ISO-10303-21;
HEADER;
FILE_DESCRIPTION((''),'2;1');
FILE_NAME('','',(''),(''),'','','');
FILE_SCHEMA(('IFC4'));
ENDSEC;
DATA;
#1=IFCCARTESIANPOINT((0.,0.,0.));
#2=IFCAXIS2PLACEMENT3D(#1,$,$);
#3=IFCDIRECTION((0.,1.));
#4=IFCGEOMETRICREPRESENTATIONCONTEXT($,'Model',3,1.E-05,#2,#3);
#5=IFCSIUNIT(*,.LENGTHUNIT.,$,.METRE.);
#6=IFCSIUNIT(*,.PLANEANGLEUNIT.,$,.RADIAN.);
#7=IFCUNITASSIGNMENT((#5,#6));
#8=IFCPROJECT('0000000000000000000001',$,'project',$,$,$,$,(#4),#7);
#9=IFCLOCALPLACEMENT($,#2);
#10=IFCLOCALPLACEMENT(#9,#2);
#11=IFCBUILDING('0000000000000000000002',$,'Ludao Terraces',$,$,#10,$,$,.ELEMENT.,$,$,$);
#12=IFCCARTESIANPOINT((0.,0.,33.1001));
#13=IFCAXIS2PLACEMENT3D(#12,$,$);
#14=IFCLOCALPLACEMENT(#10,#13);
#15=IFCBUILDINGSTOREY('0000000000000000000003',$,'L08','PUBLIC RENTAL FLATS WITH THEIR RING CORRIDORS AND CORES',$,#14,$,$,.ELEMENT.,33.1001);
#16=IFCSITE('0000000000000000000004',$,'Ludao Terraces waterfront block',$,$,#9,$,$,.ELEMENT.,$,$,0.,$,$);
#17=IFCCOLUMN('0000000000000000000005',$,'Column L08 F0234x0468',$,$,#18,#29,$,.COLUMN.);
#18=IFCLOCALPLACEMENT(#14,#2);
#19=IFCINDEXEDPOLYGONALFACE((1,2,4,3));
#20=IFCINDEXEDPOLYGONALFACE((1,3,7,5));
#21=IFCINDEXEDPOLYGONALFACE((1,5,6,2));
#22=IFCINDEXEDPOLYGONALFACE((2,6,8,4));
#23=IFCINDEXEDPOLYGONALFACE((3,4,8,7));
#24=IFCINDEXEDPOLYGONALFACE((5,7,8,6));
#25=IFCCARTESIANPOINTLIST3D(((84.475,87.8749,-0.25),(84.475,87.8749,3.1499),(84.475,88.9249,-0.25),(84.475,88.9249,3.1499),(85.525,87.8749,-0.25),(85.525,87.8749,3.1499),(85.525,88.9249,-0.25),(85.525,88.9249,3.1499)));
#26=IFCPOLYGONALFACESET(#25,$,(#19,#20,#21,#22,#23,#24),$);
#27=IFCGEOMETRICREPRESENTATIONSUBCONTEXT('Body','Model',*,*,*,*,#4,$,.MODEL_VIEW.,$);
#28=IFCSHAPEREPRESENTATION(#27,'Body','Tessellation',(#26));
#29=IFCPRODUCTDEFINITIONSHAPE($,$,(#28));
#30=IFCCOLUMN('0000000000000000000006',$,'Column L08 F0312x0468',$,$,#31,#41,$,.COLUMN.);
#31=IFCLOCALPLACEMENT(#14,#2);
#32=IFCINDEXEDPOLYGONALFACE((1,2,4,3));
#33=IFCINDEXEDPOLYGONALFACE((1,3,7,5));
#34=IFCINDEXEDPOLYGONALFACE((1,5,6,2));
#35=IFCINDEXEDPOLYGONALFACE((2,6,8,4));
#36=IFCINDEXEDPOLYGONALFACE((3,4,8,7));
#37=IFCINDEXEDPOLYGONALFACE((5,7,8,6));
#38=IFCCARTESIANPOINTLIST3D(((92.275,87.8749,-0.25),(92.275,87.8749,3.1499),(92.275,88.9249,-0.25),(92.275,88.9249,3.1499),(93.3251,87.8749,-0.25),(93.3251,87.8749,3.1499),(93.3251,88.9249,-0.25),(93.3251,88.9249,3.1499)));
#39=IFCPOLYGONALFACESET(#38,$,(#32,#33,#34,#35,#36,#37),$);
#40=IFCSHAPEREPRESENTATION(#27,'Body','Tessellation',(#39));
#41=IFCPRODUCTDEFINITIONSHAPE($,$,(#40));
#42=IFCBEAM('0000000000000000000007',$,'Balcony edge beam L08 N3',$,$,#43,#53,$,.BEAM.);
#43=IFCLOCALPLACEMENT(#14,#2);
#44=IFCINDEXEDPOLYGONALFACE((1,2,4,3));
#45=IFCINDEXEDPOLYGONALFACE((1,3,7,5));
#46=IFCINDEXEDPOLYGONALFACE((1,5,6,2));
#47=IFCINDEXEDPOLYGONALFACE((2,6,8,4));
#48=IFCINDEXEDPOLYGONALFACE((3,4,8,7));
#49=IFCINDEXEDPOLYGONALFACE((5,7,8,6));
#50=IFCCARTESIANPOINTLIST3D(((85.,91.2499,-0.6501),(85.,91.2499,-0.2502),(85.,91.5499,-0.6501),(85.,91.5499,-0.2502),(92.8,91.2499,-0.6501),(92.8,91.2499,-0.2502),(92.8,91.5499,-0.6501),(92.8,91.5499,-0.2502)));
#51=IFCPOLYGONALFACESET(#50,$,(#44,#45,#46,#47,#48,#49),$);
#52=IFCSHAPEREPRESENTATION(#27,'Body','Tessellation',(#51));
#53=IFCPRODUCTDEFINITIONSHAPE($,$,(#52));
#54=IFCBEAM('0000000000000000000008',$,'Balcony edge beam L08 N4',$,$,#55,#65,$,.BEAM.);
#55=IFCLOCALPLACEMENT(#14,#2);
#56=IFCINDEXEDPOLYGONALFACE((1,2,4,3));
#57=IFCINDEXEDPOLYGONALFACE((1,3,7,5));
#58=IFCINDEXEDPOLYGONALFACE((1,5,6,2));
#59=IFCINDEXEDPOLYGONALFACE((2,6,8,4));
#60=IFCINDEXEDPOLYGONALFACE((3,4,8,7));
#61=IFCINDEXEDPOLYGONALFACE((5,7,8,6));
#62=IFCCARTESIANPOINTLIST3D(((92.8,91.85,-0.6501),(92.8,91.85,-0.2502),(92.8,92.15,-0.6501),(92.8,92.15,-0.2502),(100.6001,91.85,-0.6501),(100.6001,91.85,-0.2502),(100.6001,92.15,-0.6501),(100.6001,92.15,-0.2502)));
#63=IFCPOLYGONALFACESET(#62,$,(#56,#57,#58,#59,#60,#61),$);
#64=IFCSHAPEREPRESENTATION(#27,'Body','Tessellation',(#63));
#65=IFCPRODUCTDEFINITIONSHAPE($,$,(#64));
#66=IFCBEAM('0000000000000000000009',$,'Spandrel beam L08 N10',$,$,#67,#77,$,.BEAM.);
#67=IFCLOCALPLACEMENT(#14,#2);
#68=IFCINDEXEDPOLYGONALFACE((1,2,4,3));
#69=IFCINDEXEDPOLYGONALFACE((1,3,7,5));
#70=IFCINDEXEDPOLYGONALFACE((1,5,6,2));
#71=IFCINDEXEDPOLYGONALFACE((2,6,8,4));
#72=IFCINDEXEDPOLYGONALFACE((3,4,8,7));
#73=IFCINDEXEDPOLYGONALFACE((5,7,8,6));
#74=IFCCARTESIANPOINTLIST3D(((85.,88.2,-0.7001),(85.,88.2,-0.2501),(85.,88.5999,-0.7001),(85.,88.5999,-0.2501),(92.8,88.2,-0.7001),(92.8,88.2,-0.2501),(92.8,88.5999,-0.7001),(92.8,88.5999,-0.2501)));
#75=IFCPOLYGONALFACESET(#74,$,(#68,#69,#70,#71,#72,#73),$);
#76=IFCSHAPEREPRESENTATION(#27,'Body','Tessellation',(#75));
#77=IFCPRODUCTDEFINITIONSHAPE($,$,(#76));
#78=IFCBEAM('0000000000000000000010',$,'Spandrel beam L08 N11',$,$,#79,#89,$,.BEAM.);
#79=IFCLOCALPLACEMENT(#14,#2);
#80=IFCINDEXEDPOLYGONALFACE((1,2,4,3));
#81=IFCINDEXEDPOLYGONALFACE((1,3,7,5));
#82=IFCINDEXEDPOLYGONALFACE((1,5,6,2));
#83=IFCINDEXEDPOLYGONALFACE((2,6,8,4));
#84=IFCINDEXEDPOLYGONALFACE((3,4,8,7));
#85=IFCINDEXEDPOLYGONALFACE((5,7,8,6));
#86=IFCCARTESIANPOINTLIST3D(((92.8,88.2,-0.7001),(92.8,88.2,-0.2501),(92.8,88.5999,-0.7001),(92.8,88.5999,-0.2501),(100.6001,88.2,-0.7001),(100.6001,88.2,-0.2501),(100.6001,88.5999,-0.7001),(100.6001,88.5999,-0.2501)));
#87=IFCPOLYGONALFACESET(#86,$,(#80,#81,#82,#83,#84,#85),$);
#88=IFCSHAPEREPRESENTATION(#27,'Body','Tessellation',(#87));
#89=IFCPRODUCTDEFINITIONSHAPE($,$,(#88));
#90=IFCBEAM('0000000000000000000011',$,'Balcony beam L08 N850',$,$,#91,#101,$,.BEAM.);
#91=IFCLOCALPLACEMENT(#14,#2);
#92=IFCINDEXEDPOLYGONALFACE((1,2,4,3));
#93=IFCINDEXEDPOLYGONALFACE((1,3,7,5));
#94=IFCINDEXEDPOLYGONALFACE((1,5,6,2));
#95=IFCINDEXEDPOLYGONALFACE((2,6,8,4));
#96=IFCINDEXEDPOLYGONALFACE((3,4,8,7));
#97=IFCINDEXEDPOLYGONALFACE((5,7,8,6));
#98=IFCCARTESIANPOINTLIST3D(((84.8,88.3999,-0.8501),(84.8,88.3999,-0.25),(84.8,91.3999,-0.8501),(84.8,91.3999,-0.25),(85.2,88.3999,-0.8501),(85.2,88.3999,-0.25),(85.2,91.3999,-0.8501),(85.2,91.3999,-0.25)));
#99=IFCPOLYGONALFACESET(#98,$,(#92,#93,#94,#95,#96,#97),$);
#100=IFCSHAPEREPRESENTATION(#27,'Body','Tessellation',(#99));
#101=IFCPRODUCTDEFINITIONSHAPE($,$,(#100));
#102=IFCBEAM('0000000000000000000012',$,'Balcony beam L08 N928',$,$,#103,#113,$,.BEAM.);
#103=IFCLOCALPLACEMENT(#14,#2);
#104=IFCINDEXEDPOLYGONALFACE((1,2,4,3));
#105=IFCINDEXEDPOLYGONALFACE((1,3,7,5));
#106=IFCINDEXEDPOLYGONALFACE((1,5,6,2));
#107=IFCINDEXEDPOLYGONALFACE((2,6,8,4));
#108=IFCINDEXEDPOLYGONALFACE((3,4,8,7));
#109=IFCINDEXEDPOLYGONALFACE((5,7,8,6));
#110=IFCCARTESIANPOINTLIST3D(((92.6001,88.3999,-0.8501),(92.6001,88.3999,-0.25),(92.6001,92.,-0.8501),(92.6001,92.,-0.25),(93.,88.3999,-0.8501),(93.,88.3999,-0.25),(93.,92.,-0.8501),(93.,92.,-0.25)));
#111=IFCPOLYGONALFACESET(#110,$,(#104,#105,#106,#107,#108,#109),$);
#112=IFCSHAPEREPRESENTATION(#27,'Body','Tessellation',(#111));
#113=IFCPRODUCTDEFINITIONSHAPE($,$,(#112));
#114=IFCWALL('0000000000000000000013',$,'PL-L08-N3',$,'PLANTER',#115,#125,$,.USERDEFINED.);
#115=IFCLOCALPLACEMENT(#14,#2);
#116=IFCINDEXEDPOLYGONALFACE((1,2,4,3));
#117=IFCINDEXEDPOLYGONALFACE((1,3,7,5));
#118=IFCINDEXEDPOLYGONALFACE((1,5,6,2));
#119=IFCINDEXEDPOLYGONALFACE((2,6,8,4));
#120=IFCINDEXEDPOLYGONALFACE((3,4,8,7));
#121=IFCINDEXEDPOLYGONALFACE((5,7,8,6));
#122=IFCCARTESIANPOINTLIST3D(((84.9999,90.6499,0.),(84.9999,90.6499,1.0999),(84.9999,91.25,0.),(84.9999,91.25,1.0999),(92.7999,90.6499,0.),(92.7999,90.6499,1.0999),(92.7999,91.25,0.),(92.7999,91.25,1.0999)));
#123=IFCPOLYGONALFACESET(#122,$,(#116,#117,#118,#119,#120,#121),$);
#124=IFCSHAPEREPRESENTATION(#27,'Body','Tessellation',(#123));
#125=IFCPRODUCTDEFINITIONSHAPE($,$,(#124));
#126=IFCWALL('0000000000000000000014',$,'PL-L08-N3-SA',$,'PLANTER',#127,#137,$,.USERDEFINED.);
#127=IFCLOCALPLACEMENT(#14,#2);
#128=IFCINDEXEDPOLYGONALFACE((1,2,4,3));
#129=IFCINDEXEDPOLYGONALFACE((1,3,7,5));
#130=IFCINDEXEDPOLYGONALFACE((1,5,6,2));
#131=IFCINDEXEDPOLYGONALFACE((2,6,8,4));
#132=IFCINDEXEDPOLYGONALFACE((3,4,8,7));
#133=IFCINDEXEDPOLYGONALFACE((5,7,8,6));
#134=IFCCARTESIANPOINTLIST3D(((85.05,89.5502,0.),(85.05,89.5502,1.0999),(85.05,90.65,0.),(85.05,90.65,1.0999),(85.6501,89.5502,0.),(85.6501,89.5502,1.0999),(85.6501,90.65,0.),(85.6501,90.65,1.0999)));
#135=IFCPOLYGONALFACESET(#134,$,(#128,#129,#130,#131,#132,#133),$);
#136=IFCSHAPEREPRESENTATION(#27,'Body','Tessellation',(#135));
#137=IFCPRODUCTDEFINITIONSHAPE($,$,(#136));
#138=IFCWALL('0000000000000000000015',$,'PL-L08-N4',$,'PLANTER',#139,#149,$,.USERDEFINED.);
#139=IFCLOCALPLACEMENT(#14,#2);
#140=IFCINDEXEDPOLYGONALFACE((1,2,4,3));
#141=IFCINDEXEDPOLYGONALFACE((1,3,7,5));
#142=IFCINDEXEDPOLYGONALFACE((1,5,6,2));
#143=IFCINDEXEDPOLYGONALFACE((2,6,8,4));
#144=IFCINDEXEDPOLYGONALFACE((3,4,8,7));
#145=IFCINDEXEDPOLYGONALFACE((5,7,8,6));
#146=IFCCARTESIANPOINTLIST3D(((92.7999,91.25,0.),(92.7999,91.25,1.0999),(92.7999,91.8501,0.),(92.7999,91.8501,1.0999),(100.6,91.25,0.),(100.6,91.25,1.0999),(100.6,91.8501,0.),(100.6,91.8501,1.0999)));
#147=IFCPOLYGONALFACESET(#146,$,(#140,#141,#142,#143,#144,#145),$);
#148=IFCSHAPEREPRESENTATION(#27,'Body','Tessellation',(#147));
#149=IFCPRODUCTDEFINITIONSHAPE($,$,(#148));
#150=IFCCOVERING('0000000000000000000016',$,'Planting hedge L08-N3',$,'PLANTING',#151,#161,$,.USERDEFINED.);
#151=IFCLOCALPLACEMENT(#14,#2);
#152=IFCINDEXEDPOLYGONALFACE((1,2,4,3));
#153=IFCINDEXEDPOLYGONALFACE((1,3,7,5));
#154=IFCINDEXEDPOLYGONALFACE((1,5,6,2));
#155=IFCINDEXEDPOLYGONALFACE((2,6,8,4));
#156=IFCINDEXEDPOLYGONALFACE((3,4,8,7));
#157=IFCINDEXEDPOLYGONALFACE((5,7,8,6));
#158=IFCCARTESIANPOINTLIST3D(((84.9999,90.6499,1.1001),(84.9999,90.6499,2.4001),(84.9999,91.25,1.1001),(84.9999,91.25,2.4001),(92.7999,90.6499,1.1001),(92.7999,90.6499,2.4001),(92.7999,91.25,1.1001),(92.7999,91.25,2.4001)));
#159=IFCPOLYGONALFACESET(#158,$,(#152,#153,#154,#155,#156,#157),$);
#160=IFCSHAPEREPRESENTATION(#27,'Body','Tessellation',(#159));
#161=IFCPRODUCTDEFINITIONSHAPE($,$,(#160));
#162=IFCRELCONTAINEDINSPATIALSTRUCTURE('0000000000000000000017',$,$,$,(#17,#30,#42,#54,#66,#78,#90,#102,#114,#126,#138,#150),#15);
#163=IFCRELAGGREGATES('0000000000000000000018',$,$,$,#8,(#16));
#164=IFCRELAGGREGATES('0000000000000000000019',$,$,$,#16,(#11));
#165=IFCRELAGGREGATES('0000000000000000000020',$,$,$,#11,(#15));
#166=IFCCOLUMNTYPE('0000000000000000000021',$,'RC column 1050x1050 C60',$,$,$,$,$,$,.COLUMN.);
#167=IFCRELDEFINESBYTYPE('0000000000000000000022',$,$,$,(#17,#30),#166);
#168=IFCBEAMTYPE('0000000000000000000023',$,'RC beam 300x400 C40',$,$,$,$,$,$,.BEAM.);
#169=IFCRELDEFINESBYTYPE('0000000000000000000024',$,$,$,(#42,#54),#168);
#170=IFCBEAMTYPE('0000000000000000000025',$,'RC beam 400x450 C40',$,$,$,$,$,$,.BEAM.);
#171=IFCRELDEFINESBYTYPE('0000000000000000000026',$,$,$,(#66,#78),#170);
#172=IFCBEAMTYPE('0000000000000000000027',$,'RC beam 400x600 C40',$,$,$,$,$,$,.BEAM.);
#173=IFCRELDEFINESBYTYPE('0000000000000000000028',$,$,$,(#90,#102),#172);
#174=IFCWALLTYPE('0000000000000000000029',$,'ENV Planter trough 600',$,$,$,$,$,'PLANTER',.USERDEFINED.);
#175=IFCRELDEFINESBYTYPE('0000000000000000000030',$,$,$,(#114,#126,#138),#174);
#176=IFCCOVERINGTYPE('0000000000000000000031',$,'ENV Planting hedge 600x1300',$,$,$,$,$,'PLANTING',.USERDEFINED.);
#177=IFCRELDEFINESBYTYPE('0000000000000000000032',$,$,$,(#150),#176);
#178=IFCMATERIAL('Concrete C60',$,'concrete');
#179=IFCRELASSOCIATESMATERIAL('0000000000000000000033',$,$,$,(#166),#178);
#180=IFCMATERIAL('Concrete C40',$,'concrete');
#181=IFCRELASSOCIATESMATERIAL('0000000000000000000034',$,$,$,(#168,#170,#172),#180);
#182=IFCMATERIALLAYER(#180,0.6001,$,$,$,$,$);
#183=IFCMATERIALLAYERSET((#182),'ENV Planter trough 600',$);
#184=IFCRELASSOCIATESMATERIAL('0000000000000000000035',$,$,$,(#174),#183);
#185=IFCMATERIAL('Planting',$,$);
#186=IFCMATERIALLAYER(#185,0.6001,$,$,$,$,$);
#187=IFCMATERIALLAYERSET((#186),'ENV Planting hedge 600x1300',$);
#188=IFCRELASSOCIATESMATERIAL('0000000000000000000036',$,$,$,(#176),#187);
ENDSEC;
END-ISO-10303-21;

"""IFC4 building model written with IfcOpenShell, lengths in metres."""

from ifc_helpers import new_model, si_unit, direction, frame, frame_2d, origin, origin_2d, place, context, subcontext, project, spatial, rectangle, extrude, material, layer, layer_set, material_profile, profile_set, type_object, element, save


model = new_model("IFC4")

# Units and contexts
model_context = context("Model", 3, precision=1e-05, world=origin(), true_north=direction((0.0, 1.0)))
body_context = subcontext(model_context, "Body", "Model", "MODEL_VIEW")
ifc_project = project(units=[si_unit("LENGTHUNIT", "METRE"), si_unit("PLANEANGLEUNIT", "RADIAN")], contexts=[model_context])

# Site, building, storey
site_placement = place(None, origin())
site = spatial("IfcSite", under=ifc_project, at=site_placement, Name="Ludao Terraces waterfront block", CompositionType="ELEMENT", RefElevation=0.0)
building_placement = place(site_placement, origin())
building = spatial("IfcBuilding", under=site, at=building_placement, Name="Ludao Terraces", CompositionType="ELEMENT")
storey_placement = place(building_placement, frame((0.0, 0.0, 33.1001)))
storey = spatial("IfcBuildingStorey", under=building, at=storey_placement, Name="L08", Description="PUBLIC RENTAL FLATS WITH THEIR RING CORRIDORS AND CORES", CompositionType="ELEMENT", Elevation=33.1001)

# Columns
ifc_material_1 = material(Name="Concrete C60", Category="concrete")
ifc_material_profile_1 = material_profile(ifc_material_1, rectangle(XDim=1.05, YDim=1.05, at=origin_2d()), Name="1050 X 1050")
ifc_profile_set_1 = profile_set([ifc_material_profile_1], Name="Concrete C60")
column_type = type_object("IfcColumnType", Name="RC column 1050x1050 C60", PredefinedType="COLUMN", material=ifc_profile_set_1)
for number, where, z_axis, x_axis, name in (
    (1, (85.0, 88.3999, -0.25), (0.0, 0.0, 1.0), (1.0, 0.0, 0.0), "Column L08 F0234x0468"),
    (2, (92.8, 88.3999, -0.25), (0.0, 0.0, 1.0), (1.0, 0.0, 0.0), "Column L08 F0312x0468"),
):
    element("IfcColumn", number, at=place(storey_placement, frame(where, z_axis=z_axis, x_axis=x_axis)), inside=storey, type_object=column_type, Name=name, PredefinedType="COLUMN", context=body_context, shape_type="SweptSolid", body=[
        extrude(rectangle(XDim=1.05, YDim=1.05, at=origin_2d()), origin(), (0.0, 0.0, 1.0), 3.3999),
    ])

# Beams
ifc_material_2 = material(Name="Concrete C40", Category="concrete")
ifc_material_profile_2 = material_profile(ifc_material_2, rectangle(XDim=0.3, YDim=0.3999, at=origin_2d()), Name="300 X 400")
ifc_profile_set_2 = profile_set([ifc_material_profile_2], Name="Concrete C40")
beam_type_1 = type_object("IfcBeamType", Name="RC beam 300x400 C40", PredefinedType="BEAM", material=ifc_profile_set_2)
for number, where, z_axis, x_axis, name in (
    (3, (85.0, 91.3999, -0.4502), (1.0, 0.0, 0.0), (0.0, 1.0, 0.0), "Balcony edge beam L08 N3"),
    (4, (92.8, 92.0, -0.4502), (1.0, 0.0, 0.0), (0.0, 1.0, 0.0), "Balcony edge beam L08 N4"),
):
    element("IfcBeam", number, at=place(storey_placement, frame(where, z_axis=z_axis, x_axis=x_axis)), inside=storey, type_object=beam_type_1, Name=name, PredefinedType="BEAM", context=body_context, shape_type="SweptSolid", body=[
        extrude(rectangle(XDim=0.3, YDim=0.3999, at=origin_2d()), origin(), (0.0, 0.0, 1.0), 7.8),
    ])
ifc_material_profile_3 = material_profile(ifc_material_2, rectangle(XDim=0.3999, YDim=0.45, at=origin_2d()), Name="400 X 450")
ifc_profile_set_3 = profile_set([ifc_material_profile_3], Name="Concrete C40")
beam_type_2 = type_object("IfcBeamType", Name="RC beam 400x450 C40", PredefinedType="BEAM", material=ifc_profile_set_3)
for number, where, z_axis, x_axis, name in (
    (5, (85.0, 88.3999, -0.4751), (1.0, 0.0, 0.0), (0.0, 1.0, 0.0), "Spandrel beam L08 N10"),
    (6, (92.8, 88.3999, -0.4751), (1.0, 0.0, 0.0), (0.0, 1.0, 0.0), "Spandrel beam L08 N11"),
):
    element("IfcBeam", number, at=place(storey_placement, frame(where, z_axis=z_axis, x_axis=x_axis)), inside=storey, type_object=beam_type_2, Name=name, PredefinedType="BEAM", context=body_context, shape_type="SweptSolid", body=[
        extrude(rectangle(XDim=0.3999, YDim=0.45, at=origin_2d()), origin(), (0.0, 0.0, 1.0), 7.8),
    ])
ifc_material_profile_4 = material_profile(ifc_material_2, rectangle(XDim=0.3999, YDim=0.6001, at=origin_2d()), Name="400 X 600")
ifc_profile_set_4 = profile_set([ifc_material_profile_4], Name="Concrete C40")
beam_type_3 = type_object("IfcBeamType", Name="RC beam 400x600 C40", PredefinedType="BEAM", material=ifc_profile_set_4)
beam_1_placement = place(storey_placement, frame((85.0, 88.3999, -0.55), z_axis=(0.0, 1.0, 0.0), x_axis=(-1.0, 0.0, 0.0)))
element("IfcBeam", 7, at=beam_1_placement, inside=storey, type_object=beam_type_3, Name="Balcony beam L08 N850", PredefinedType="BEAM", context=body_context, shape_type="SweptSolid", body=[
    extrude(rectangle(XDim=0.3999, YDim=0.6001, at=origin_2d()), origin(), (0.0, 0.0, 1.0), 3.0),
])
beam_2_placement = place(storey_placement, frame((92.8, 88.3999, -0.55), z_axis=(0.0, 1.0, 0.0), x_axis=(-1.0, 0.0, 0.0)))
element("IfcBeam", 8, at=beam_2_placement, inside=storey, type_object=beam_type_3, Name="Balcony beam L08 N928", PredefinedType="BEAM", context=body_context, shape_type="SweptSolid", body=[
    extrude(rectangle(XDim=0.3999, YDim=0.6001, at=origin_2d()), origin(), (0.0, 0.0, 1.0), 3.6001),
])

# Walls
ifc_layer_1 = layer(ifc_material_2, 0.6001)
ifc_layer_set_1 = layer_set([ifc_layer_1], Name="ENV Planter trough 600")
wall_type = type_object("IfcWallType", Name="ENV Planter trough 600", ElementType="PLANTER", PredefinedType="USERDEFINED", material=ifc_layer_set_1)
wall_1_placement = place(storey_placement, frame((85.0, 90.95, 0.0), z_axis=(0.0, 0.0, 1.0), x_axis=(1.0, 0.0, 0.0)))
element("IfcWall", 9, at=wall_1_placement, inside=storey, type_object=wall_type, Name="PL-L08-N3", ObjectType="PLANTER", PredefinedType="USERDEFINED", context=body_context, shape_type="SweptSolid", body=[
    extrude(rectangle(XDim=7.8, YDim=0.6001, at=frame_2d((3.8999, 0.0))), origin(), (0.0, 0.0, 1.0), 1.0999),
])
wall_2_placement = place(storey_placement, frame((85.3501, 90.6499, 0.0), z_axis=(0.0, 0.0, 1.0), x_axis=(0.0, -1.0, 0.0)))
element("IfcWall", 10, at=wall_2_placement, inside=storey, type_object=wall_type, Name="PL-L08-N3-SA", ObjectType="PLANTER", PredefinedType="USERDEFINED", context=body_context, shape_type="SweptSolid", body=[
    extrude(rectangle(XDim=1.0999, YDim=0.6001, at=frame_2d((0.5498, 0.0))), origin(), (0.0, 0.0, 1.0), 1.0999),
])
wall_3_placement = place(storey_placement, frame((92.8, 91.55, 0.0), z_axis=(0.0, 0.0, 1.0), x_axis=(1.0, 0.0, 0.0)))
element("IfcWall", 11, at=wall_3_placement, inside=storey, type_object=wall_type, Name="PL-L08-N4", ObjectType="PLANTER", PredefinedType="USERDEFINED", context=body_context, shape_type="SweptSolid", body=[
    extrude(rectangle(XDim=7.8, YDim=0.6001, at=frame_2d((3.8999, 0.0))), origin(), (0.0, 0.0, 1.0), 1.0999),
])

# Covering
ifc_material_3 = material(Name="Planting")
ifc_layer_2 = layer(ifc_material_3, 0.6001)
ifc_layer_set_2 = layer_set([ifc_layer_2], Name="ENV Planting hedge 600x1300")
covering_type = type_object("IfcCoveringType", Name="ENV Planting hedge 600x1300", ElementType="PLANTING", PredefinedType="USERDEFINED", material=ifc_layer_set_2)
covering_placement = place(storey_placement, frame((88.8999, 90.95, 1.1001), z_axis=(0.0, 0.0, 1.0), x_axis=(1.0, 0.0, 0.0)))
element("IfcCovering", 12, at=covering_placement, inside=storey, type_object=covering_type, Name="Planting hedge L08-N3", ObjectType="PLANTING", PredefinedType="USERDEFINED", context=body_context, shape_type="SweptSolid", body=[
    extrude(rectangle(XDim=7.8, YDim=0.6001, at=origin_2d()), origin(), (0.0, 0.0, 1.0), 1.3),
])

save(model, "model.ifc")
